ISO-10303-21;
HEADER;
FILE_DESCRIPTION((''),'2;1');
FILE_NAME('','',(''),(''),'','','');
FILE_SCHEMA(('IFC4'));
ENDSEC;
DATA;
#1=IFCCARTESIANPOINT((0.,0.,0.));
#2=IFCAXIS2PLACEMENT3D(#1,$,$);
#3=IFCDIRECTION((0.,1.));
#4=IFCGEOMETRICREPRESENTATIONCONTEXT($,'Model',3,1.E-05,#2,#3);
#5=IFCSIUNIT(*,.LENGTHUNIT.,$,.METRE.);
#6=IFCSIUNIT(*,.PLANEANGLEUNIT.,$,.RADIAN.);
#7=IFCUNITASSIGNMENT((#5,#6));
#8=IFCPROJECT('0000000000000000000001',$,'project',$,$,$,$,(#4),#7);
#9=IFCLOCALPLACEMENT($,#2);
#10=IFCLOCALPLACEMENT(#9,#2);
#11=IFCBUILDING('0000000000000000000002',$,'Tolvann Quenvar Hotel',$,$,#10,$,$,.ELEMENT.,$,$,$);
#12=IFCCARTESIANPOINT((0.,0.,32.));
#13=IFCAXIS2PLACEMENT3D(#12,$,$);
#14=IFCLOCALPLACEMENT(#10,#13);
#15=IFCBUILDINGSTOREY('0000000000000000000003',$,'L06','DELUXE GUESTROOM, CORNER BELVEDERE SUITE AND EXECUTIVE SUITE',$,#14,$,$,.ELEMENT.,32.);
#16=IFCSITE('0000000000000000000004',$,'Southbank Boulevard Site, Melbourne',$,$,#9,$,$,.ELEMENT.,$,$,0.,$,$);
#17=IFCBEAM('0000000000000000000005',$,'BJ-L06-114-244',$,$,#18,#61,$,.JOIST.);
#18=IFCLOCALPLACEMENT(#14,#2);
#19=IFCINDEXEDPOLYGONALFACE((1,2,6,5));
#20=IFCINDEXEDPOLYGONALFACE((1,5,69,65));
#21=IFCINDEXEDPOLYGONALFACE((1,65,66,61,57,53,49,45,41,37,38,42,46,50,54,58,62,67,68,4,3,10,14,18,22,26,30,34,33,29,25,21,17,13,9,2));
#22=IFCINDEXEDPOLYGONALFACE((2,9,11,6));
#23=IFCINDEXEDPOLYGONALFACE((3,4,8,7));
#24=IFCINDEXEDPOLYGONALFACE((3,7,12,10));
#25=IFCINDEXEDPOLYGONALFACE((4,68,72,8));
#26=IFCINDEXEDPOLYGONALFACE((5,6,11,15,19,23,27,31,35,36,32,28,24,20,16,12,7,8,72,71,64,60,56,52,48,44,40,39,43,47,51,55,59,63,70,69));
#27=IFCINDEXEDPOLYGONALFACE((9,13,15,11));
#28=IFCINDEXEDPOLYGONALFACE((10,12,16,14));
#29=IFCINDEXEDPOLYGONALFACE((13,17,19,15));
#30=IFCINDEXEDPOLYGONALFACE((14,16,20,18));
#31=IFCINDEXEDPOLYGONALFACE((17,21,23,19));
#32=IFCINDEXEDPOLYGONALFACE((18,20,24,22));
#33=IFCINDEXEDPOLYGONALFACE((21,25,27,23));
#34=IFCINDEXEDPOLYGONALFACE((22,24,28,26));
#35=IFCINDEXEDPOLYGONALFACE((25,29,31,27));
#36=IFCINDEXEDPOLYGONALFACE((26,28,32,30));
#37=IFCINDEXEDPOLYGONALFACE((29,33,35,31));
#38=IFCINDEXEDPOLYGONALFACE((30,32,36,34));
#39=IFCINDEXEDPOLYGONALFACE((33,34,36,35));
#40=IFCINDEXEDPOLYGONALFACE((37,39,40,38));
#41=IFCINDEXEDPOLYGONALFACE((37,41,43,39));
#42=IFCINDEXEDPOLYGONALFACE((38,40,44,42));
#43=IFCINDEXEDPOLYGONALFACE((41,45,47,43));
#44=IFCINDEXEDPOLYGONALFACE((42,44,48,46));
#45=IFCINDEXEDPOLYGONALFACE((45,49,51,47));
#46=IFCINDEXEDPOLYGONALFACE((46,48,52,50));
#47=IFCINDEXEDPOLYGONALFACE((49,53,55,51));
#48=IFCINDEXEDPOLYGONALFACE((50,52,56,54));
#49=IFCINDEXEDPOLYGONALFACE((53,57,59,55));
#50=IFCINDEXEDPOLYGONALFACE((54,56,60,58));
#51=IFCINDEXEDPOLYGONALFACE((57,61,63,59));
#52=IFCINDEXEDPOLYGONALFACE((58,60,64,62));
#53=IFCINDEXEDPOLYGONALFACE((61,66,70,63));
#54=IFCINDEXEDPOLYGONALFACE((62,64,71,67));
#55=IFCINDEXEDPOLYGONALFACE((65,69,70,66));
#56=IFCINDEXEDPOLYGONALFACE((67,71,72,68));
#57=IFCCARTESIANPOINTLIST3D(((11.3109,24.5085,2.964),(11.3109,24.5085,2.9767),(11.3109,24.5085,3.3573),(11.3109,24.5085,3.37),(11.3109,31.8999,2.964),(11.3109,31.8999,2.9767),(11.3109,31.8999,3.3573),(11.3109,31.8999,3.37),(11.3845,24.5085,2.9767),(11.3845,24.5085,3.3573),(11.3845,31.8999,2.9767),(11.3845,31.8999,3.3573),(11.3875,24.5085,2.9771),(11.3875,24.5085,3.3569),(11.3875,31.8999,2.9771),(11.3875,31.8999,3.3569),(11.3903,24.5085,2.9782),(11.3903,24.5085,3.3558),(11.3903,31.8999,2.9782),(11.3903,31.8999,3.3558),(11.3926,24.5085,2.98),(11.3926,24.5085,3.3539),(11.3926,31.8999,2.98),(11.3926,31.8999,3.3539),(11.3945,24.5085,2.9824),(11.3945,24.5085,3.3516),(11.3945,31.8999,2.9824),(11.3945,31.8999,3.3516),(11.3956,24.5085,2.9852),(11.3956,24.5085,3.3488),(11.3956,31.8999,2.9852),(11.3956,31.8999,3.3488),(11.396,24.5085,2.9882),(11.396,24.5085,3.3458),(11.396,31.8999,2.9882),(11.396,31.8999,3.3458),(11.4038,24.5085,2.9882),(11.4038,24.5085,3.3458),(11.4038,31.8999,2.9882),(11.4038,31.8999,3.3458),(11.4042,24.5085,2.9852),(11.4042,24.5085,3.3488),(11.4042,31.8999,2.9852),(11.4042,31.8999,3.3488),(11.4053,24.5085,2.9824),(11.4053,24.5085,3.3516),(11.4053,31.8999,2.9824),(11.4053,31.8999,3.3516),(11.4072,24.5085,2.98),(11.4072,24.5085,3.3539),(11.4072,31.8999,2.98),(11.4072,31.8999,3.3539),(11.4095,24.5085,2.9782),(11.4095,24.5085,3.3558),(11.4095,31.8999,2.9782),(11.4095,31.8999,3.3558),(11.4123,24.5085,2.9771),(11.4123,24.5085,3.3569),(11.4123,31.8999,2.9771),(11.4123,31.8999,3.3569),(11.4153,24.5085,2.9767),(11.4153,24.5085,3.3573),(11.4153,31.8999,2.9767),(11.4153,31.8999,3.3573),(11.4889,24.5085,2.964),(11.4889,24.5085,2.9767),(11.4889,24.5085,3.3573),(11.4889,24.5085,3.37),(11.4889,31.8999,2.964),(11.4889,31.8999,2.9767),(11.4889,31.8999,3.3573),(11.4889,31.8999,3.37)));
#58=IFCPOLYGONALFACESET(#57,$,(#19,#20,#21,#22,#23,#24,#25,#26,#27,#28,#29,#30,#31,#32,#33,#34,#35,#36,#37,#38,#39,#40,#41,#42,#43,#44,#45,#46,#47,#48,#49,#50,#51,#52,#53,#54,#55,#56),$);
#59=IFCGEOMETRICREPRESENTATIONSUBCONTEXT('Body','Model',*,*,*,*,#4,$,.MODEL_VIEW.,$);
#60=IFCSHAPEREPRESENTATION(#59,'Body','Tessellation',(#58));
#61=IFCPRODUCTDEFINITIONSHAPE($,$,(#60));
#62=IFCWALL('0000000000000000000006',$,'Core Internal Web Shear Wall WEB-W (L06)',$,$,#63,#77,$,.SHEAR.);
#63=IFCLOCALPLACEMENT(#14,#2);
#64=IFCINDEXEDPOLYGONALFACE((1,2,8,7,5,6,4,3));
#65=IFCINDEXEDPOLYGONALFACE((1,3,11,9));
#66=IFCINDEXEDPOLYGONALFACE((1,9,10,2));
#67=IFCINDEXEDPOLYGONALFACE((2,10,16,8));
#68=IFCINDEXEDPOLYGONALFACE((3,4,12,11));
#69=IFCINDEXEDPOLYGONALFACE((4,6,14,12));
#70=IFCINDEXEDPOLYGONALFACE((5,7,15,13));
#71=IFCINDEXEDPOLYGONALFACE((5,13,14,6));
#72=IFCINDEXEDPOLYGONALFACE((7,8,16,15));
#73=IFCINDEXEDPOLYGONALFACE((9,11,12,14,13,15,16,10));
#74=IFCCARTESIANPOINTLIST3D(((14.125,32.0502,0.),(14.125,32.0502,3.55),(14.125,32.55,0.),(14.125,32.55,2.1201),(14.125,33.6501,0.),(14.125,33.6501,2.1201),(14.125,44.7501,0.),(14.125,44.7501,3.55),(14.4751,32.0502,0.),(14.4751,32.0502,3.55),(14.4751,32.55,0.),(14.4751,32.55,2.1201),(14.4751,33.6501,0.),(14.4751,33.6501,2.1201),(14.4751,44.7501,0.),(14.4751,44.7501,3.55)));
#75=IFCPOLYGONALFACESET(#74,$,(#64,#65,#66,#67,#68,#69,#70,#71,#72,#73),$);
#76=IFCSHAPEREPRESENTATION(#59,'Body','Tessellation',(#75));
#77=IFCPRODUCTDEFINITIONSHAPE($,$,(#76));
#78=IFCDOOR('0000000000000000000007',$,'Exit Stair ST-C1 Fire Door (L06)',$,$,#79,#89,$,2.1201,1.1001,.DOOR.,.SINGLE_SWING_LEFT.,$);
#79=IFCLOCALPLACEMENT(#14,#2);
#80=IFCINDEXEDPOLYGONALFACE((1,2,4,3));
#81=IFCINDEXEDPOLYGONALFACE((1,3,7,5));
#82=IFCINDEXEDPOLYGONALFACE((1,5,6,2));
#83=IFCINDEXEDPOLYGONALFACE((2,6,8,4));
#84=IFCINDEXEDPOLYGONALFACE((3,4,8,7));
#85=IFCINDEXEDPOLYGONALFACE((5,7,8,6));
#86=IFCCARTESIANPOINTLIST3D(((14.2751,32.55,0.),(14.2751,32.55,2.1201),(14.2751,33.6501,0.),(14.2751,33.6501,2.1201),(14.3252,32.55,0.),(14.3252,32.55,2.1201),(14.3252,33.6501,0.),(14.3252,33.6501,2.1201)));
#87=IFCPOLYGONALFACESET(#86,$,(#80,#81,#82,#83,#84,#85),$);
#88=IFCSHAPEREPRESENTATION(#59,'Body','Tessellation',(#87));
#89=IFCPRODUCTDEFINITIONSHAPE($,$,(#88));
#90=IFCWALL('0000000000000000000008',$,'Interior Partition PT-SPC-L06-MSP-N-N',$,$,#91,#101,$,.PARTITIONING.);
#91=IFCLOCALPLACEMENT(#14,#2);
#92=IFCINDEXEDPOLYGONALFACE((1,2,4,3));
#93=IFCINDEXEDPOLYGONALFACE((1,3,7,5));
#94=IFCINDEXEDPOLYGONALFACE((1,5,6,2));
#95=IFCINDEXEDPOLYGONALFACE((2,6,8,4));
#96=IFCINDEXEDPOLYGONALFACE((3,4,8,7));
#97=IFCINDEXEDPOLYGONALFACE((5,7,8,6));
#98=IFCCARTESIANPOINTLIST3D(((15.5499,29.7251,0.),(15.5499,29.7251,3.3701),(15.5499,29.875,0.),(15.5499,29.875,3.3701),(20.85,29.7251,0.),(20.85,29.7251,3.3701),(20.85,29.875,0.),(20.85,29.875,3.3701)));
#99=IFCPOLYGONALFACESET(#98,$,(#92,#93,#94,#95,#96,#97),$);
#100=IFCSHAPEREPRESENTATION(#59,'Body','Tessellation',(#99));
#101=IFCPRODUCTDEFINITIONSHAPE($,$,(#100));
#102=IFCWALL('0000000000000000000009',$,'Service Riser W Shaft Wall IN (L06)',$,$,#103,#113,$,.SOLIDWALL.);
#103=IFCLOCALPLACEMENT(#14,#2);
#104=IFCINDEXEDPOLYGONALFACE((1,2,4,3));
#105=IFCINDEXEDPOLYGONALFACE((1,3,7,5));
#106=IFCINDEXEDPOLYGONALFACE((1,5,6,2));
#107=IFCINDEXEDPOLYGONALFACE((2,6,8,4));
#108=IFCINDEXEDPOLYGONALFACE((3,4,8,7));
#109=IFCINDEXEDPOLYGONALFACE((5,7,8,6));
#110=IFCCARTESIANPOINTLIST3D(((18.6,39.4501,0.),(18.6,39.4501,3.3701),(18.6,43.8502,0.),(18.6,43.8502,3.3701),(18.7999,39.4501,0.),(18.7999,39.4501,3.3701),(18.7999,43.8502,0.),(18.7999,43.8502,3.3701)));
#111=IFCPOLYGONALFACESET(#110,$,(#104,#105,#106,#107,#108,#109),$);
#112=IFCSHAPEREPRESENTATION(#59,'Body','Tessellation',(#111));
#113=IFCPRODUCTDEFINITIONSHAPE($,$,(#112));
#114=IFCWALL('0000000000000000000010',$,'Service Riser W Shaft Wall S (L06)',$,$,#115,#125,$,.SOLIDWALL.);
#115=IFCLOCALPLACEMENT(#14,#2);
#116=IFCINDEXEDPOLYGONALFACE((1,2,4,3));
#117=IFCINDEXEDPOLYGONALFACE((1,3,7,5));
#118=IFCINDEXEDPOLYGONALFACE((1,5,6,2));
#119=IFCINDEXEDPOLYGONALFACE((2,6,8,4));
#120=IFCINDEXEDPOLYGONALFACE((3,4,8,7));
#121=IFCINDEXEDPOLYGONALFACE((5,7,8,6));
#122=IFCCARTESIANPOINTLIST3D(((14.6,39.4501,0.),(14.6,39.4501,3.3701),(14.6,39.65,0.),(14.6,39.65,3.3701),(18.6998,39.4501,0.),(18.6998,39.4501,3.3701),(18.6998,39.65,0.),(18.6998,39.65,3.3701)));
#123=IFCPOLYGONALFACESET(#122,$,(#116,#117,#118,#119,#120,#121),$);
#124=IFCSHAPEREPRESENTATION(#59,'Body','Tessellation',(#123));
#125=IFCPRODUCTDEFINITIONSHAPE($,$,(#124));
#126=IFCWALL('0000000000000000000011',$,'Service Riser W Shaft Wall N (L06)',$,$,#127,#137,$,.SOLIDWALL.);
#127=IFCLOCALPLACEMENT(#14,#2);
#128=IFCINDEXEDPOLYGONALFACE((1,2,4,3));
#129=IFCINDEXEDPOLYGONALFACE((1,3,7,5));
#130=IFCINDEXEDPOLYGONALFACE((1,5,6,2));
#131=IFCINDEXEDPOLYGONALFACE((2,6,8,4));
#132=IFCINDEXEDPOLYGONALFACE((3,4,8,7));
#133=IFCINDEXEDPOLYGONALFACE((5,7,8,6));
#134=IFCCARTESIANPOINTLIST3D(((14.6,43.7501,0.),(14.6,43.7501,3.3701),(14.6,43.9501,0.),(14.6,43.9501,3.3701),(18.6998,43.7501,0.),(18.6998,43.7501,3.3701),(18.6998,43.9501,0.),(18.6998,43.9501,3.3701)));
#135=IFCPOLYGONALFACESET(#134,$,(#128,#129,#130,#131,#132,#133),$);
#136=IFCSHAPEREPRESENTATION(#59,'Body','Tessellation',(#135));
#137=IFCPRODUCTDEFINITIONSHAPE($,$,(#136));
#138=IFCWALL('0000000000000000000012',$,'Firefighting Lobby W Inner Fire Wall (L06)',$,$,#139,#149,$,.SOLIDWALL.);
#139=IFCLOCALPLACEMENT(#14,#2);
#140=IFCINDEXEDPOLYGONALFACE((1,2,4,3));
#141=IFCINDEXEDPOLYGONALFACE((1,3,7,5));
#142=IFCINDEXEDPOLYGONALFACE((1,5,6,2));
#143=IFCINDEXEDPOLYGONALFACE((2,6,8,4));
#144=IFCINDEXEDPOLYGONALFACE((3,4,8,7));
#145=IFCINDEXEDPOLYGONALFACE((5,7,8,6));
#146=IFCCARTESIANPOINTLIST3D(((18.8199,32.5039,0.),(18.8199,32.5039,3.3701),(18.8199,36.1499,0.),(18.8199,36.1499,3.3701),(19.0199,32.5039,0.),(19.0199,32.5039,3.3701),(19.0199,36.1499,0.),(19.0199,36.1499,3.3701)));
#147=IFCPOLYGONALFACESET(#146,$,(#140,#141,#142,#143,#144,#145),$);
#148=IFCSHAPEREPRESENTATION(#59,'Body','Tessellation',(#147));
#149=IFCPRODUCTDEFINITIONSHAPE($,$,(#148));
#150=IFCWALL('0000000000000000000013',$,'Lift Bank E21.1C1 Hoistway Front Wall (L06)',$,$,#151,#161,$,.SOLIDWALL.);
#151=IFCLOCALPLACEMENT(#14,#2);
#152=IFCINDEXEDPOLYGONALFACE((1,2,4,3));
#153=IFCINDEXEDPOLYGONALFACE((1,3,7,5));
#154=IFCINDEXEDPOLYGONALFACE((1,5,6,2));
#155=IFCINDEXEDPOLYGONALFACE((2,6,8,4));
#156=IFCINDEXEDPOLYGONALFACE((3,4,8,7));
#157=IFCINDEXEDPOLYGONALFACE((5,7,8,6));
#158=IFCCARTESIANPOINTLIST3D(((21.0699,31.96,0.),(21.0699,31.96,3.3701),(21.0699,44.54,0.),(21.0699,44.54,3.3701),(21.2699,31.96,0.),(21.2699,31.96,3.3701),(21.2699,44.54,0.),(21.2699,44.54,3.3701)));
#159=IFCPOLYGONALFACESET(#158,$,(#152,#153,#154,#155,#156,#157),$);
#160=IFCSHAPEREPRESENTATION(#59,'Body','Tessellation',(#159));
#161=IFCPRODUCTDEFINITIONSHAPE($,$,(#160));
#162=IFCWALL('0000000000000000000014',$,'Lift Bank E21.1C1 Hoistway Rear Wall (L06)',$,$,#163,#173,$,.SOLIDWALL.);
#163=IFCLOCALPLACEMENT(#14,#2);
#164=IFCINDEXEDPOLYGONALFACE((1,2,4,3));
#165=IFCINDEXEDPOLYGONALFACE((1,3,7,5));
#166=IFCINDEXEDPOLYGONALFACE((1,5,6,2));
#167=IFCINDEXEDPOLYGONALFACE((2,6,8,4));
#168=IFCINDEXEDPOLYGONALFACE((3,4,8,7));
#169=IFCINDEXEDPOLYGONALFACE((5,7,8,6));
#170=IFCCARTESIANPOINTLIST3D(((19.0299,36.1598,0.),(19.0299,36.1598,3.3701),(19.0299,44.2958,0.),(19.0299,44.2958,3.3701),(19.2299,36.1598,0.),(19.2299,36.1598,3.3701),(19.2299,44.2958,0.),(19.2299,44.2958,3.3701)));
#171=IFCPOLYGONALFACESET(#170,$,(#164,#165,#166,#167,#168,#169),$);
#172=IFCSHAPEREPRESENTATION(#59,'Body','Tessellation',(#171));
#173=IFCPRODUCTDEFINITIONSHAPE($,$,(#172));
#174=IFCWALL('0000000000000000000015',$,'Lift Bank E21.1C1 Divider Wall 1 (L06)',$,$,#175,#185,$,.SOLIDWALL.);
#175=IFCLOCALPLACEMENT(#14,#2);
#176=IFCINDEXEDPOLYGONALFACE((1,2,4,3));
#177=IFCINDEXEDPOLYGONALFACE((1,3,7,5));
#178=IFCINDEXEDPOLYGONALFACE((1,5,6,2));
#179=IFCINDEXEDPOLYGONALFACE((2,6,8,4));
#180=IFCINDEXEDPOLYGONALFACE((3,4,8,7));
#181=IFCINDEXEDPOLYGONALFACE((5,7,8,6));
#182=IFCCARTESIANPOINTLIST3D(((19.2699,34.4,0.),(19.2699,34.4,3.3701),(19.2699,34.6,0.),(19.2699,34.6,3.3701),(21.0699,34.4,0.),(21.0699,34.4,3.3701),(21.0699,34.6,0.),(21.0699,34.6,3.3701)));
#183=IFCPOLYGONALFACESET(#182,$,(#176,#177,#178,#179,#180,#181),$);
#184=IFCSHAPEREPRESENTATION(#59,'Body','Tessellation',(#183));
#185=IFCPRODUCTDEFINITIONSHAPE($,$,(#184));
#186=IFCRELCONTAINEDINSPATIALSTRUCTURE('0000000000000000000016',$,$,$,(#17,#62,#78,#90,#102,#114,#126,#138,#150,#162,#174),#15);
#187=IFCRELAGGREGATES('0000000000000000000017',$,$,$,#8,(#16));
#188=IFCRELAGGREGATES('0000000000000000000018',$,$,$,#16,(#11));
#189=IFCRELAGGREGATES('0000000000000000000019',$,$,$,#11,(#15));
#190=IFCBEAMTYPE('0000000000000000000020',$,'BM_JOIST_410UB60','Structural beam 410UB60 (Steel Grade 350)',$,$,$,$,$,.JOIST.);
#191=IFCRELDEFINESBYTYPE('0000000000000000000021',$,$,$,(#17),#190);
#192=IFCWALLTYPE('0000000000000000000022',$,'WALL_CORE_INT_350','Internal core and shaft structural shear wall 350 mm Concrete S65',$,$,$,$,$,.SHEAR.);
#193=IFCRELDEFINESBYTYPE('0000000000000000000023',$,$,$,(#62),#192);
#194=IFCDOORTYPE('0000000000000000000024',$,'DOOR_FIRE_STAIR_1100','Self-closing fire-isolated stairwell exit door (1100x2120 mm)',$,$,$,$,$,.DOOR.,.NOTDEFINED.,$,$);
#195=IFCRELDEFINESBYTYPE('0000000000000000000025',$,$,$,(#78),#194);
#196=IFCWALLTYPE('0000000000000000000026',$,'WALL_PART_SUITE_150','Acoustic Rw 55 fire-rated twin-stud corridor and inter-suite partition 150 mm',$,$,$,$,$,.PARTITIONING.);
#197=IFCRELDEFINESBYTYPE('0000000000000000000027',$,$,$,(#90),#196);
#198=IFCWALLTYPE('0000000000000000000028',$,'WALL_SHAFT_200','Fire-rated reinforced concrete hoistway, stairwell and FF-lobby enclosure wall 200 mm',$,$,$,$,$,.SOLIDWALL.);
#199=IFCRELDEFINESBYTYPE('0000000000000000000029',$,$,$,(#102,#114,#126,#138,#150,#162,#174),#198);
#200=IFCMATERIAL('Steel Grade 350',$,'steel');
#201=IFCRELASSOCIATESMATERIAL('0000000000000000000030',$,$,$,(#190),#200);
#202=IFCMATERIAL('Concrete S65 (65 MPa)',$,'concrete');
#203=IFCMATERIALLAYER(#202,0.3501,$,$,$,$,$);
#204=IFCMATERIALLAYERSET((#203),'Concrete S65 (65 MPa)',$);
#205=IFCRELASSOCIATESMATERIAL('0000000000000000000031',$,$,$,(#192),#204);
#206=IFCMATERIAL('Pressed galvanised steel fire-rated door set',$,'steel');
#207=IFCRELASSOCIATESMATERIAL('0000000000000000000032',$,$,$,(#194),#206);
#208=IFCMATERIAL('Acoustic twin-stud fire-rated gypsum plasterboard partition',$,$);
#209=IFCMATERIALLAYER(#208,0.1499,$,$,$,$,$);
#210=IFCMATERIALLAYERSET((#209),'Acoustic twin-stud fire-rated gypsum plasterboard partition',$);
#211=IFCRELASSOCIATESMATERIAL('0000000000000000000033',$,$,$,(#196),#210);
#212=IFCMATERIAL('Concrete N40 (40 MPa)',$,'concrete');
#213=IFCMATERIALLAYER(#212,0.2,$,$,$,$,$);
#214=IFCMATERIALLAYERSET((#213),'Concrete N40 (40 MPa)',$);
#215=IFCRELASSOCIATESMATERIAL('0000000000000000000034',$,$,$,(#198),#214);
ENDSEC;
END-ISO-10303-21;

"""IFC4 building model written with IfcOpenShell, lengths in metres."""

from ifc_helpers import new_model, si_unit, direction, frame, frame_2d, origin, origin_2d, place, context, subcontext, project, spatial, rectangle, i_section, extrude, source, transform, mapped, material, layer, layer_set, material_profile, profile_set, type_object, type_shapes, element, fill, save


model = new_model("IFC4")

# Units and contexts
model_context = context("Model", 3, precision=1e-05, world=origin(), true_north=direction((0.0, 1.0)))
body_context = subcontext(model_context, "Body", "Model", "MODEL_VIEW")
ifc_project = project(units=[si_unit("LENGTHUNIT", "METRE"), si_unit("PLANEANGLEUNIT", "RADIAN")], contexts=[model_context])

# Site, building, storey
site_placement = place(None, origin())
site = spatial("IfcSite", under=ifc_project, at=site_placement, Name="Southbank Boulevard Site, Melbourne", CompositionType="ELEMENT", RefElevation=0.0)
building_placement = place(site_placement, origin())
building = spatial("IfcBuilding", under=site, at=building_placement, Name="Tolvann Quenvar Hotel", CompositionType="ELEMENT")
storey_placement = place(building_placement, frame((0.0, 0.0, 32.0)))
storey = spatial("IfcBuildingStorey", under=building, at=storey_placement, Name="L06", Description="DELUXE GUESTROOM, CORNER BELVEDERE SUITE AND EXECUTIVE SUITE", CompositionType="ELEMENT", Elevation=32.0)

# Shared definitions
ifc_material_1 = material(Name="Concrete S65 (65 MPa)", Category="concrete")

# Beam
ifc_material_2 = material(Name="Steel Grade 350", Category="steel")
ifc_material_profile_1 = material_profile(ifc_material_2, i_section(OverallWidth=0.178, OverallDepth=0.406, WebThickness=0.0078, FlangeThickness=0.0127, FilletRadius=0.0115, at=origin_2d()), Name="410UB60")
ifc_profile_set_1 = profile_set([ifc_material_profile_1], Name="Steel Grade 350")
beam_type_1 = type_object("IfcBeamType", Name="BM_JOIST_410UB60", Description="Structural beam 410UB60 (Steel Grade 350)", PredefinedType="JOIST", material=ifc_profile_set_1)
shared_shape_1 = source(origin(), body_context, "Body", "SweptSolid", [
    extrude(i_section(OverallWidth=0.178, OverallDepth=0.406, WebThickness=0.0078, FlangeThickness=0.0127, FilletRadius=0.0115, at=origin_2d()), origin(), (0.0, 0.0, 1.0), 7.3914),
])
beam_1_placement = place(storey_placement, frame((11.3999, 24.5085, 3.167), z_axis=(0.0, 1.0, 0.0), x_axis=(-1.0, 0.0, 0.0)))
element("IfcBeam", 1, at=beam_1_placement, inside=storey, type_object=beam_type_1, Name="BJ-L06-114-244", PredefinedType="JOIST", context=body_context, shape_type="MappedRepresentation", body=[
    mapped(shared_shape_1, transform((0.0, 0.0, 0.0), x_axis=(1.0, 0.0, 0.0), y_axis=(0.0, 1.0, 0.0), z_axis=(0.0, 0.0, 1.0), scale=1.0)),
])

# Wall, opening, door
ifc_layer_1 = layer(ifc_material_1, 0.3501)
ifc_layer_set_1 = layer_set([ifc_layer_1], Name="Concrete S65 (65 MPa)")
wall_type_1 = type_object("IfcWallType", Name="WALL_CORE_INT_350", Description="Internal core and shaft structural shear wall 350 mm Concrete S65", PredefinedType="SHEAR", material=ifc_layer_set_1)
wall_1_placement = place(storey_placement, frame((14.3, 32.05, 0.0), z_axis=(0.0, 0.0, 1.0), x_axis=(0.0, 1.0, 0.0)))
wall_1 = element("IfcWall", 2, at=wall_1_placement, inside=storey, type_object=wall_type_1, Name="Core Internal Web Shear Wall WEB-W (L06)", PredefinedType="SHEAR", context=body_context, shape_type="SweptSolid", body=[
    extrude(rectangle(XDim=12.7, YDim=0.3501, at=frame_2d((6.3501, 0.0))), origin(), (0.0, 0.0, 1.0), 3.55),
])
opening_1_placement = place(wall_1_placement, frame((0.5, 0.0, 0.0)))
opening_1 = element("IfcOpeningElement", 3, at=opening_1_placement, cuts=wall_1, PredefinedType="OPENING", context=body_context, shape_type="SweptSolid", body=[
    extrude(rectangle(XDim=1.1001, YDim=2.1201, at=frame_2d((0.55, 1.0601))), frame((0.0, 0.1851, 0.0), z_axis=(0.0, -1.0, 0.0), x_axis=(1.0, 0.0, 0.0)), (0.0, 0.0, 1.0), 0.3701),
])
ifc_material_3 = material(Name="Pressed galvanised steel fire-rated door set", Category="steel")
door_type_1 = type_object("IfcDoorType", Name="DOOR_FIRE_STAIR_1100", Description="Self-closing fire-isolated stairwell exit door (1100x2120 mm)", OperationType="NOTDEFINED", PredefinedType="DOOR", material=ifc_material_3)
shared_shape_2 = source(origin(), body_context, "Body", "SweptSolid", [
    extrude(rectangle(XDim=1.1001, YDim=2.1201, at=frame_2d((0.55, 1.0601))), frame((0.0, 0.0249, 0.0), z_axis=(0.0, -1.0, 0.0), x_axis=(1.0, 0.0, 0.0)), (0.0, 0.0, 1.0), 0.05),
])
type_shapes(door_type_1, [shared_shape_2])
door_1_placement = place(opening_1_placement, origin())
door_1 = element("IfcDoor", 4, at=door_1_placement, inside=storey, type_object=door_type_1, Name="Exit Stair ST-C1 Fire Door (L06)", OperationType="SINGLE_SWING_LEFT", OverallHeight=2.1201, OverallWidth=1.1001, PredefinedType="DOOR", context=body_context, shape_type="MappedRepresentation", body=[
    mapped(shared_shape_2, transform((0.0, 0.0, 0.0), x_axis=(1.0, 0.0, 0.0), y_axis=(0.0, 1.0, 0.0), z_axis=(0.0, 0.0, 1.0), scale=1.0)),
])
fill(opening_1, door_1)

# Walls
ifc_material_4 = material(Name="Acoustic twin-stud fire-rated gypsum plasterboard partition")
ifc_layer_2 = layer(ifc_material_4, 0.1499)
ifc_layer_set_2 = layer_set([ifc_layer_2], Name="Acoustic twin-stud fire-rated gypsum plasterboard partition")
wall_type_2 = type_object("IfcWallType", Name="WALL_PART_SUITE_150", Description="Acoustic Rw 55 fire-rated twin-stud corridor and inter-suite partition 150 mm", PredefinedType="PARTITIONING", material=ifc_layer_set_2)
wall_2_placement = place(storey_placement, frame((15.55, 29.8, 0.0), z_axis=(0.0, 0.0, 1.0), x_axis=(1.0, 0.0, 0.0)))
element("IfcWall", 5, at=wall_2_placement, inside=storey, type_object=wall_type_2, Name="Interior Partition PT-SPC-L06-MSP-N-N", PredefinedType="PARTITIONING", context=body_context, shape_type="SweptSolid", body=[
    extrude(rectangle(XDim=5.3, YDim=0.1499, at=frame_2d((2.6499, 0.0))), origin(), (0.0, 0.0, 1.0), 3.3701),
])
ifc_material_5 = material(Name="Concrete N40 (40 MPa)", Category="concrete")
ifc_layer_3 = layer(ifc_material_5, 0.2)
ifc_layer_set_3 = layer_set([ifc_layer_3], Name="Concrete N40 (40 MPa)")
wall_type_3 = type_object("IfcWallType", Name="WALL_SHAFT_200", Description="Fire-rated reinforced concrete hoistway, stairwell and FF-lobby enclosure wall 200 mm", PredefinedType="SOLIDWALL", material=ifc_layer_set_3)
wall_3_placement = place(storey_placement, frame((18.7, 39.45, 0.0), z_axis=(0.0, 0.0, 1.0), x_axis=(0.0, 1.0, 0.0)))
element("IfcWall", 6, at=wall_3_placement, inside=storey, type_object=wall_type_3, Name="Service Riser W Shaft Wall IN (L06)", PredefinedType="SOLIDWALL", context=body_context, shape_type="SweptSolid", body=[
    extrude(rectangle(XDim=4.4001, YDim=0.2, at=frame_2d((2.2002, 0.0))), origin(), (0.0, 0.0, 1.0), 3.3701),
])
for number, where, z_axis, x_axis, name in (
    (7, (14.6001, 39.55, 0.0), (0.0, 0.0, 1.0), (1.0, 0.0, 0.0), "Service Riser W Shaft Wall S (L06)"),
    (8, (14.6001, 43.8501, 0.0), (0.0, 0.0, 1.0), (1.0, 0.0, 0.0), "Service Riser W Shaft Wall N (L06)"),
):
    element("IfcWall", number, at=place(storey_placement, frame(where, z_axis=z_axis, x_axis=x_axis)), inside=storey, type_object=wall_type_3, Name=name, PredefinedType="SOLIDWALL", context=body_context, shape_type="SweptSolid", body=[
        extrude(rectangle(XDim=4.0999, YDim=0.2, at=frame_2d((2.0498, 0.0))), origin(), (0.0, 0.0, 1.0), 3.3701),
    ])
wall_4_placement = place(storey_placement, frame((18.9199, 32.5039, 0.0), z_axis=(0.0, 0.0, 1.0), x_axis=(0.0, 1.0, 0.0)))
element("IfcWall", 9, at=wall_4_placement, inside=storey, type_object=wall_type_3, Name="Firefighting Lobby W Inner Fire Wall (L06)", PredefinedType="SOLIDWALL", context=body_context, shape_type="SweptSolid", body=[
    extrude(rectangle(XDim=3.646, YDim=0.2, at=frame_2d((1.823, 0.0))), origin(), (0.0, 0.0, 1.0), 3.3701),
])
wall_5_placement = place(storey_placement, frame((21.1699, 31.96, 0.0), z_axis=(0.0, 0.0, 1.0), x_axis=(0.0, 1.0, 0.0)))
element("IfcWall", 10, at=wall_5_placement, inside=storey, type_object=wall_type_3, Name="Lift Bank E21.1C1 Hoistway Front Wall (L06)", PredefinedType="SOLIDWALL", context=body_context, shape_type="SweptSolid", body=[
    extrude(rectangle(XDim=12.5801, YDim=0.2, at=frame_2d((6.29, 0.0))), origin(), (0.0, 0.0, 1.0), 3.3701),
])
wall_6_placement = place(storey_placement, frame((19.1299, 36.1599, 0.0), z_axis=(0.0, 0.0, 1.0), x_axis=(0.0, 1.0, 0.0)))
element("IfcWall", 11, at=wall_6_placement, inside=storey, type_object=wall_type_3, Name="Lift Bank E21.1C1 Hoistway Rear Wall (L06)", PredefinedType="SOLIDWALL", context=body_context, shape_type="SweptSolid", body=[
    extrude(rectangle(XDim=8.136, YDim=0.2, at=frame_2d((4.0679, 0.0))), origin(), (0.0, 0.0, 1.0), 3.3701),
])
wall_7_placement = place(storey_placement, frame((19.27, 34.5, 0.0), z_axis=(0.0, 0.0, 1.0), x_axis=(1.0, 0.0, 0.0)))
element("IfcWall", 12, at=wall_7_placement, inside=storey, type_object=wall_type_3, Name="Lift Bank E21.1C1 Divider Wall 1 (L06)", PredefinedType="SOLIDWALL", context=body_context, shape_type="SweptSolid", body=[
    extrude(rectangle(XDim=1.8, YDim=0.2, at=frame_2d((0.8999, 0.0))), origin(), (0.0, 0.0, 1.0), 3.3701),
])

save(model, "model.ifc")
